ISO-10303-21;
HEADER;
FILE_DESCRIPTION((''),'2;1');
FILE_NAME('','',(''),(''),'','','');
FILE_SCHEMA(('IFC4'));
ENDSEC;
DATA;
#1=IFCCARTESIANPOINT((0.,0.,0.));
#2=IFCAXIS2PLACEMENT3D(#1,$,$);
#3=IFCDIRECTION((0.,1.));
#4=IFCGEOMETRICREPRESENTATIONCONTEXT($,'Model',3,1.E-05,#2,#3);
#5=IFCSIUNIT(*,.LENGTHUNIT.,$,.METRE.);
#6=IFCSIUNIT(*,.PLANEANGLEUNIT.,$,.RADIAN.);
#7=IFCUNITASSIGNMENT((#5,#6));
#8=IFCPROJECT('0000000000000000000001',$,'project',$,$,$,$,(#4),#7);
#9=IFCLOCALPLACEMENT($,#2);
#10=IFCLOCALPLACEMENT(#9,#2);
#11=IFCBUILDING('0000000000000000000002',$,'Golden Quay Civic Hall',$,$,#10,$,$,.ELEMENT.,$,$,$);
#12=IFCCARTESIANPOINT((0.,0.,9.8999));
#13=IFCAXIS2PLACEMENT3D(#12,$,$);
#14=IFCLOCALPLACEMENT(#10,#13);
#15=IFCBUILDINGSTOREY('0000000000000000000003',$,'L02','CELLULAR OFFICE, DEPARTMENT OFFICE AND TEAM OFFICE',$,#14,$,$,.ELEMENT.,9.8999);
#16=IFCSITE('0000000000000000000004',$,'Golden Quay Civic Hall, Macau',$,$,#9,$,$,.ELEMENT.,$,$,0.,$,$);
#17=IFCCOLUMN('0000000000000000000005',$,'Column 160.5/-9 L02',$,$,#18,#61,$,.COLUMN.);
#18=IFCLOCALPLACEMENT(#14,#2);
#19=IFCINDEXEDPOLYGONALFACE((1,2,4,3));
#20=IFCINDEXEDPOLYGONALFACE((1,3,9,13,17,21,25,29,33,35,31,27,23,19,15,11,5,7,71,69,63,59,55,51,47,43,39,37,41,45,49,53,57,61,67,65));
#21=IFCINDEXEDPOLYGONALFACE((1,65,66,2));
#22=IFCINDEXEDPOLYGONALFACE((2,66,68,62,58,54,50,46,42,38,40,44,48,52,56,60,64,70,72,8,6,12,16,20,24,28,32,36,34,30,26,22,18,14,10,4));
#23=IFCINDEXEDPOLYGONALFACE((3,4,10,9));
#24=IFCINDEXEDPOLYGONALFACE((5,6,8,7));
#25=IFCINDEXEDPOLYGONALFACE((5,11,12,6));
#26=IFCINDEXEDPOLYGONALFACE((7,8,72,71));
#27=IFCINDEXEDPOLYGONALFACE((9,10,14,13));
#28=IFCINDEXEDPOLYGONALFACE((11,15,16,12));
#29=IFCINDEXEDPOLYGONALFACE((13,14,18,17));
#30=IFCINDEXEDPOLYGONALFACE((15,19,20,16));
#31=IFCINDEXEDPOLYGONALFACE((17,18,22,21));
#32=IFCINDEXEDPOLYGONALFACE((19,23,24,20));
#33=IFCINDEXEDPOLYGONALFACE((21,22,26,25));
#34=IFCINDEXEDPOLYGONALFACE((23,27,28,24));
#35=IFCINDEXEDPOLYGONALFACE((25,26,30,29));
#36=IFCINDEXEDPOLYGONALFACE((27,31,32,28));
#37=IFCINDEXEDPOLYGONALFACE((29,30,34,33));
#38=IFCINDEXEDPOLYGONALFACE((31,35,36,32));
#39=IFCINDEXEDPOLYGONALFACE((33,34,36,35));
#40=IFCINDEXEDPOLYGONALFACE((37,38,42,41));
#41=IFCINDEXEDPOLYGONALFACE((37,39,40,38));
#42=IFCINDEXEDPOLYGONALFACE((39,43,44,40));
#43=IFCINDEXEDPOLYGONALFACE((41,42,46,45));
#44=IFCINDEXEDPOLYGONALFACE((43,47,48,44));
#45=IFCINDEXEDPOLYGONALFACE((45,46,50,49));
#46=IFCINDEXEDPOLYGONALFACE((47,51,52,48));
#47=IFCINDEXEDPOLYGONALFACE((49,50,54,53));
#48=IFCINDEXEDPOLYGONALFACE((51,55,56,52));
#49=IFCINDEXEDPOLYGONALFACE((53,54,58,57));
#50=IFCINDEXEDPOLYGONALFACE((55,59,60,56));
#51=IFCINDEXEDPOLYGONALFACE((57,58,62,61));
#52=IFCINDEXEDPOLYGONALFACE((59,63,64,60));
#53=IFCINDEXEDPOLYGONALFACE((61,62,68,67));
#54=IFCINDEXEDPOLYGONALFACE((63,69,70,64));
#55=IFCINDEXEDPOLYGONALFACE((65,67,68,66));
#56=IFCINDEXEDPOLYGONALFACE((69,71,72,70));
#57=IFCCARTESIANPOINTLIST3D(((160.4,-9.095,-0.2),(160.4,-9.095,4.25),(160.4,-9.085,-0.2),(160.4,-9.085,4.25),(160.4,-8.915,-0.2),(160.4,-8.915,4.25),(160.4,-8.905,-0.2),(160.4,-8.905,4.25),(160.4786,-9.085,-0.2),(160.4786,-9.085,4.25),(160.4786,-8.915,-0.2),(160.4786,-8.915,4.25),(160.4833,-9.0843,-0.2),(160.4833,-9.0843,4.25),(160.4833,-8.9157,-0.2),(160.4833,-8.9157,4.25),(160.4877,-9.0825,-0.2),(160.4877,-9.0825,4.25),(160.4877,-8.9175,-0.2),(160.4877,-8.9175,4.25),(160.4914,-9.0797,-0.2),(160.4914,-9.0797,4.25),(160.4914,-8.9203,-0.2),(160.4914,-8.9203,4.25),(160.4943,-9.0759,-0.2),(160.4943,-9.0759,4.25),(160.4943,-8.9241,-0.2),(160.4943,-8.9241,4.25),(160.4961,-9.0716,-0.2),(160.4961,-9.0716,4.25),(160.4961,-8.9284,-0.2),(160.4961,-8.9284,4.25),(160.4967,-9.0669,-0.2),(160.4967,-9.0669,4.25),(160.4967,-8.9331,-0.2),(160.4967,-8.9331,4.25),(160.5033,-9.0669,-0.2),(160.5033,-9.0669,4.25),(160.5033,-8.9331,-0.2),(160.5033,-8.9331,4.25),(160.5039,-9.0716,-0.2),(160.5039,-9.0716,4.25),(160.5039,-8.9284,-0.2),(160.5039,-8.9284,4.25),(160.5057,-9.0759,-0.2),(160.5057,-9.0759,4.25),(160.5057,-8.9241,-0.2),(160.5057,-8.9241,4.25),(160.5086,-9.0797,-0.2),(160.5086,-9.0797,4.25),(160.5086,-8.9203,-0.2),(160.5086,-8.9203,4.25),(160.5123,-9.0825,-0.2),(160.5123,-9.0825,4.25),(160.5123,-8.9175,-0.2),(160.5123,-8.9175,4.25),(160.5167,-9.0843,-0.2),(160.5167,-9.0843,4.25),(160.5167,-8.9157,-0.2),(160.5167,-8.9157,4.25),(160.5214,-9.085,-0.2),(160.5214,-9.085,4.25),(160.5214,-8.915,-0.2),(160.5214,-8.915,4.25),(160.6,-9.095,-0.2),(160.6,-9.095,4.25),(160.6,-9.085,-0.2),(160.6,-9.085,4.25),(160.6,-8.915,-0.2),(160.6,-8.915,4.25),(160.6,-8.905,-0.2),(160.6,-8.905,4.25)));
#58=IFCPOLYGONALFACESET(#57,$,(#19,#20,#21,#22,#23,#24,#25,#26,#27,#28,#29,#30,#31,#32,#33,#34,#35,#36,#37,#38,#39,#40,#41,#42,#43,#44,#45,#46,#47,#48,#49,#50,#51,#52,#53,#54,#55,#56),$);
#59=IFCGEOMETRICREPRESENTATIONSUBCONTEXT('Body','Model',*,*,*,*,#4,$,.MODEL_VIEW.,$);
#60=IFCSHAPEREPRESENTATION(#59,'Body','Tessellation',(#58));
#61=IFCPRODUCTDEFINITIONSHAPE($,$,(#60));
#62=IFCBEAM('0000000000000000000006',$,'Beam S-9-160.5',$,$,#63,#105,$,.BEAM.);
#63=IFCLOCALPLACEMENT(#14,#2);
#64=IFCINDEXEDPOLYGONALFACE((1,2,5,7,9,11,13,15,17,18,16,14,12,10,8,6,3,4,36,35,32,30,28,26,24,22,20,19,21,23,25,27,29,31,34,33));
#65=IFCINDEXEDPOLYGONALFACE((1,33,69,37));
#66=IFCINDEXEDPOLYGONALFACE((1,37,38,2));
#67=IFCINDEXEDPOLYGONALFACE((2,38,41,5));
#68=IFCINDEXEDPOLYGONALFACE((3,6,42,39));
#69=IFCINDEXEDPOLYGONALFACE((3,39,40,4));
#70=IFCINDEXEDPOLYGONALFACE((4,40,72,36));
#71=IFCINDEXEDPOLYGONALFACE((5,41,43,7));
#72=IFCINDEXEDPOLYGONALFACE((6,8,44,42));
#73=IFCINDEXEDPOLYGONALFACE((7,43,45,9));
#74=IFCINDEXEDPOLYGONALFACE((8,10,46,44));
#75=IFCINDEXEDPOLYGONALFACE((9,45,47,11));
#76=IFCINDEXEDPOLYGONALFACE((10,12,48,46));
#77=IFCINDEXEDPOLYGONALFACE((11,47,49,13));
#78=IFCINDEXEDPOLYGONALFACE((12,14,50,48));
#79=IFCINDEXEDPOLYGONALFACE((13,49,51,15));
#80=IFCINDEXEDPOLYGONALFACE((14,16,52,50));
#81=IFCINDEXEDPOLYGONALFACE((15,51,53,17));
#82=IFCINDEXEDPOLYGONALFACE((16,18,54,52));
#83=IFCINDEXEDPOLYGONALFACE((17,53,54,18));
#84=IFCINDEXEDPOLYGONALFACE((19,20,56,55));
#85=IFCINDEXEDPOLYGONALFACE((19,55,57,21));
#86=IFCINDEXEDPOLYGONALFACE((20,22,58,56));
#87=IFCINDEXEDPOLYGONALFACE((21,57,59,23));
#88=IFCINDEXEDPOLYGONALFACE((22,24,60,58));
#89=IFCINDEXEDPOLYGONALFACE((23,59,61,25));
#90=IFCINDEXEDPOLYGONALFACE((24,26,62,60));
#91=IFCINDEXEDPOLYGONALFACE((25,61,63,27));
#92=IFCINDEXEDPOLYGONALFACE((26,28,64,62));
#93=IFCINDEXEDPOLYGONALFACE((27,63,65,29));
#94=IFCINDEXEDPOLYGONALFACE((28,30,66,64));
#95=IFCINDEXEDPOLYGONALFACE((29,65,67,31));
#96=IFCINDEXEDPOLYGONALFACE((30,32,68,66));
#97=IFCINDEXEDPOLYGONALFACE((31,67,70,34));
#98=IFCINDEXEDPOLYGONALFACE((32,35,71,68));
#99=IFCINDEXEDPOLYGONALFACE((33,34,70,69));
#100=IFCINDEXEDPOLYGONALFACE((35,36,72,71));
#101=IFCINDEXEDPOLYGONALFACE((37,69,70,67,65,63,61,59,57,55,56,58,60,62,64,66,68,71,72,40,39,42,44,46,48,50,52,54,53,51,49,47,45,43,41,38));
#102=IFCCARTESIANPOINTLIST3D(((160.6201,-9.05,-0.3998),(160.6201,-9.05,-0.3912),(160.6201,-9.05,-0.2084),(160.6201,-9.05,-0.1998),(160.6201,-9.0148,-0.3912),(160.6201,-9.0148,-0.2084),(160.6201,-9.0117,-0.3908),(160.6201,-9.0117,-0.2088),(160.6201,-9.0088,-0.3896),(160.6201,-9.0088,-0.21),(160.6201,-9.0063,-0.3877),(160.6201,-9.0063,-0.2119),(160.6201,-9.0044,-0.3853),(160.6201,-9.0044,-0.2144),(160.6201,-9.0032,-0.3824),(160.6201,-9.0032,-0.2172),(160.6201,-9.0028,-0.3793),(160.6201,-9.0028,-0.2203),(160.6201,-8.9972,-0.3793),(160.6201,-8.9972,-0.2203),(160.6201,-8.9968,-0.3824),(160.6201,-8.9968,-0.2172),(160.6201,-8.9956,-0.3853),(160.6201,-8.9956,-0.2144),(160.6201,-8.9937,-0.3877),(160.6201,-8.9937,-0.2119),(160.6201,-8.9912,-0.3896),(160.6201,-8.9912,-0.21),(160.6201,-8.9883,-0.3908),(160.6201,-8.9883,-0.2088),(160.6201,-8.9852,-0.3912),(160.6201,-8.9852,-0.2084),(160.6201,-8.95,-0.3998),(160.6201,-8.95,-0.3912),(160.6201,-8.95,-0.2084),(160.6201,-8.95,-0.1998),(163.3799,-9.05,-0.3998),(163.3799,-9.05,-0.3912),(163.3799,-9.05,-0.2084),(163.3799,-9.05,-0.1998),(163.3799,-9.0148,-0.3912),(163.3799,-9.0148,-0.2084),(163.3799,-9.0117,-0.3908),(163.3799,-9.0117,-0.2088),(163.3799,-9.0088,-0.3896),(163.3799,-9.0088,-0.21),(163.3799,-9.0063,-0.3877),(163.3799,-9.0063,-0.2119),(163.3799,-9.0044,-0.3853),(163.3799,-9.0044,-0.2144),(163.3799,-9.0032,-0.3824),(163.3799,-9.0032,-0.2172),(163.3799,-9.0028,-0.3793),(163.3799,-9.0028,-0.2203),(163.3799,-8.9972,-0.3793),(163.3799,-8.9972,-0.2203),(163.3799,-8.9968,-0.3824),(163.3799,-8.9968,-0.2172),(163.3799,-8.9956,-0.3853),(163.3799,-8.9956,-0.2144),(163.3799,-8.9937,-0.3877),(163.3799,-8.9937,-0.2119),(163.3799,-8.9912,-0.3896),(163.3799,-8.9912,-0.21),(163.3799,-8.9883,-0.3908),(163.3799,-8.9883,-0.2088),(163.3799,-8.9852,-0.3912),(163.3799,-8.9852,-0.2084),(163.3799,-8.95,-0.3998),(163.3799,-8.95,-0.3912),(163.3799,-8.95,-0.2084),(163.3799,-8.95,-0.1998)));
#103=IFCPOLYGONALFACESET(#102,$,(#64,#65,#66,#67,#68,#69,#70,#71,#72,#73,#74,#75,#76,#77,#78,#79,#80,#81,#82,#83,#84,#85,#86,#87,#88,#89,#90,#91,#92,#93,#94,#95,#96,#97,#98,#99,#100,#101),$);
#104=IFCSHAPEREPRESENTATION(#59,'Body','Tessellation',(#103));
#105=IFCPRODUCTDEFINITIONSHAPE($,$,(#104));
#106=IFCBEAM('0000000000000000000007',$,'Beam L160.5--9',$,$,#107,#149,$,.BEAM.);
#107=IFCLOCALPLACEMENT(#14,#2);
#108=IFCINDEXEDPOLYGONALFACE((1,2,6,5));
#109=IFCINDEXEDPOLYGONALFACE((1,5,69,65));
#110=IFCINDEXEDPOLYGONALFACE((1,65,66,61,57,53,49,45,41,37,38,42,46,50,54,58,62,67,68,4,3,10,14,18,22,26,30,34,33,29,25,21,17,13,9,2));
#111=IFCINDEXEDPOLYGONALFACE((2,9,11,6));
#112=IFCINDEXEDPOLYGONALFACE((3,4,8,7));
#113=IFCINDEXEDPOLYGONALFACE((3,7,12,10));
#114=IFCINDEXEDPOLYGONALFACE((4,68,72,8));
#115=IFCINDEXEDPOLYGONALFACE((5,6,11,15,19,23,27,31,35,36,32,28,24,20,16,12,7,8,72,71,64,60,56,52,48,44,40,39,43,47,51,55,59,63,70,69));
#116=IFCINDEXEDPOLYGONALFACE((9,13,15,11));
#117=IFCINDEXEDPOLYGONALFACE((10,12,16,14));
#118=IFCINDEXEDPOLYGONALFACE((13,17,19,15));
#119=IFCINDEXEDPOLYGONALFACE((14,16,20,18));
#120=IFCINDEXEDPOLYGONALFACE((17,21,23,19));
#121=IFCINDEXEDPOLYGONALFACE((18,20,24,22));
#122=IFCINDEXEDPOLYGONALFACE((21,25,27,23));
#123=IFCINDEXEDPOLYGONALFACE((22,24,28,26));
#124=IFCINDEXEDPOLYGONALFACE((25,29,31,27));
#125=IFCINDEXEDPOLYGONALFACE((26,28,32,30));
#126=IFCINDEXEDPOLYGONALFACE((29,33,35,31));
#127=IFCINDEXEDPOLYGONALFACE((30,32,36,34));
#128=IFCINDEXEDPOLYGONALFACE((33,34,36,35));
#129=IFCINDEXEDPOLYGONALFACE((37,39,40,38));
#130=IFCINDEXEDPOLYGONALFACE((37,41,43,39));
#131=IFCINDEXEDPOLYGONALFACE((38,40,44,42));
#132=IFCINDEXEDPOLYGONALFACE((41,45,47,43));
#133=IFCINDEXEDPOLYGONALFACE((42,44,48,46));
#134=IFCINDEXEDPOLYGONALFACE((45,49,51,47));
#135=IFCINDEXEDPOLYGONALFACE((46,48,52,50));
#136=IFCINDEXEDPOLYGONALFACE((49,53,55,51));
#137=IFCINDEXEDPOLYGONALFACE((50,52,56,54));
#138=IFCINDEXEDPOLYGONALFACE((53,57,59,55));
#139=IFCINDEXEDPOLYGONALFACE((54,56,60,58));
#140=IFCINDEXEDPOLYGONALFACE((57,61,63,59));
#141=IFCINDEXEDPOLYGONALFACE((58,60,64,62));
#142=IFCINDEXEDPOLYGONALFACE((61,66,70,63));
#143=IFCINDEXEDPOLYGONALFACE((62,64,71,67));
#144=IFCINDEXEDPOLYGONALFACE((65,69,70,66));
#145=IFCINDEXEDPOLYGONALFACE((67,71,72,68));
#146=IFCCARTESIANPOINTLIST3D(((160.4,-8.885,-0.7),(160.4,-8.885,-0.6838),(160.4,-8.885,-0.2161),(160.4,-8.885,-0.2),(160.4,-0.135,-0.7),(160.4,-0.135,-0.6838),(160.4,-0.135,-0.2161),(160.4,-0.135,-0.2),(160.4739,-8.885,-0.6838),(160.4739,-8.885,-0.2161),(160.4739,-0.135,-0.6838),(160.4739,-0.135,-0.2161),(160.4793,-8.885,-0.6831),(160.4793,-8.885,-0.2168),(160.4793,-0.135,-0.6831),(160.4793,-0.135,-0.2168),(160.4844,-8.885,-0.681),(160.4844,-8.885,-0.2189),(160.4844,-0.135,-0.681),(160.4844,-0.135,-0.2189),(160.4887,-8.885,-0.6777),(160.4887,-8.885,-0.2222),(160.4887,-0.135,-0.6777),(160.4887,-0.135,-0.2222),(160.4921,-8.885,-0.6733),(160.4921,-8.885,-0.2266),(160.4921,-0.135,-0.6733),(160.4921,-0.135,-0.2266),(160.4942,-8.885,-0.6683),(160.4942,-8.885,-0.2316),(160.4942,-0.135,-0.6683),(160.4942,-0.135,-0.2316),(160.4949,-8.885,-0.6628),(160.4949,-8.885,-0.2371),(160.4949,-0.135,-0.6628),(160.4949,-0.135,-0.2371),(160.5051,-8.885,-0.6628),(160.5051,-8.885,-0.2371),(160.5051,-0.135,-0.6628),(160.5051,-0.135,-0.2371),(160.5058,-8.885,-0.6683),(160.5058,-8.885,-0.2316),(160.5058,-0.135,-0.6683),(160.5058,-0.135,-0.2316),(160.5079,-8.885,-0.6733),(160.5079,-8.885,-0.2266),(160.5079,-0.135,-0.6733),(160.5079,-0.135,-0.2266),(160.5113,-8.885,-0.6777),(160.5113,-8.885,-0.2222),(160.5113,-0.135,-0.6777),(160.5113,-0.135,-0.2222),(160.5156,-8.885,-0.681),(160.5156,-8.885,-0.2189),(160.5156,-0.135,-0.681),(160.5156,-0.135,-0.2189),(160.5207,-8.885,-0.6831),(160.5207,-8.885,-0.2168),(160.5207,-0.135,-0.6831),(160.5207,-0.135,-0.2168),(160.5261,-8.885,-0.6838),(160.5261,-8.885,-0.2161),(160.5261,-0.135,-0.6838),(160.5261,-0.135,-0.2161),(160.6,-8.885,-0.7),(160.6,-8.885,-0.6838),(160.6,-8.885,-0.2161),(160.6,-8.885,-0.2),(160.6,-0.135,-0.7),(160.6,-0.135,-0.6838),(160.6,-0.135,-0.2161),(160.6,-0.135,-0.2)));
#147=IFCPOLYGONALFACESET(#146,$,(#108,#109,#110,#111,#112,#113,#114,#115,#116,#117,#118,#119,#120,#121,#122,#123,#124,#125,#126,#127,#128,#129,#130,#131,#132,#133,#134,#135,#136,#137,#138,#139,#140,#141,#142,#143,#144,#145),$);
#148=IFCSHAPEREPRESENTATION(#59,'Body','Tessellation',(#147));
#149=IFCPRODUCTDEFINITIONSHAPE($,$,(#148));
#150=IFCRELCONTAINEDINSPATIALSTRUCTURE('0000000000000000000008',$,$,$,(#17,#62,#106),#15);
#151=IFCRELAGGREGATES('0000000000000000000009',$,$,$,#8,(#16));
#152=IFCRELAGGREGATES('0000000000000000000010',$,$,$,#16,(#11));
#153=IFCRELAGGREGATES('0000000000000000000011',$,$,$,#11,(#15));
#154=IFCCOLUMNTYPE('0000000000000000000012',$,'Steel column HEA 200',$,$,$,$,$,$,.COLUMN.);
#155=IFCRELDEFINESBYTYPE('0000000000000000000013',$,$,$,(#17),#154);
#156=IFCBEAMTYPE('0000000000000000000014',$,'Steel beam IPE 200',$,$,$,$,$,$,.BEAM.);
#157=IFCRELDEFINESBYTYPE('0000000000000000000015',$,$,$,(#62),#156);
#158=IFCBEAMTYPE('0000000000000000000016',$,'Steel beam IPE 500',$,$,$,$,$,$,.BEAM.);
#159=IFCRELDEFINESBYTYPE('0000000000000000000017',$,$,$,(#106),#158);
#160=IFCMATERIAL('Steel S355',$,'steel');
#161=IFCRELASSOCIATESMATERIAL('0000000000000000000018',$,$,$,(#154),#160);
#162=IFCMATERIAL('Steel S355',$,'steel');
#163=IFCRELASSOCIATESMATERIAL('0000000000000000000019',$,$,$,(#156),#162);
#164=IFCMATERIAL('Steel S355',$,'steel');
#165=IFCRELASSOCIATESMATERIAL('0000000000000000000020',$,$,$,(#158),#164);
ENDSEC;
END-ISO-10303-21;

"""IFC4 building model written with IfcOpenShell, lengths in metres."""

from ifc_helpers import new_model, si_unit, direction, frame, origin, origin_2d, place, context, subcontext, project, spatial, i_section, extrude, material, material_profile, profile_set, type_object, element, save


model = new_model("IFC4")

# Units and contexts
model_context = context("Model", 3, precision=1e-05, world=origin(), true_north=direction((0.0, 1.0)))
body_context = subcontext(model_context, "Body", "Model", "MODEL_VIEW")
ifc_project = project(units=[si_unit("LENGTHUNIT", "METRE"), si_unit("PLANEANGLEUNIT", "RADIAN")], contexts=[model_context])

# Site, building, storey
site_placement = place(None, origin())
site = spatial("IfcSite", under=ifc_project, at=site_placement, Name="Golden Quay Civic Hall, Macau", CompositionType="ELEMENT", RefElevation=0.0)
building_placement = place(site_placement, origin())
building = spatial("IfcBuilding", under=site, at=building_placement, Name="Golden Quay Civic Hall", CompositionType="ELEMENT")
storey_placement = place(building_placement, frame((0.0, 0.0, 9.8999)))
storey = spatial("IfcBuildingStorey", under=building, at=storey_placement, Name="L02", Description="CELLULAR OFFICE, DEPARTMENT OFFICE AND TEAM OFFICE", CompositionType="ELEMENT", Elevation=9.8999)

# Column
ifc_material_1 = material(Name="Steel S355", Category="steel")
ifc_material_profile_1 = material_profile(ifc_material_1, i_section(OverallWidth=0.2, OverallDepth=0.1899, WebThickness=0.0066, FlangeThickness=0.01, FilletRadius=0.0181, at=origin_2d()), Name="HEA 200")
ifc_profile_set_1 = profile_set([ifc_material_profile_1], Name="Steel S355")
column_type = type_object("IfcColumnType", Name="Steel column HEA 200", PredefinedType="COLUMN", material=ifc_profile_set_1)
column_placement = place(storey_placement, frame((160.5, -9.0, -0.2), z_axis=(0.0, 0.0, 1.0), x_axis=(1.0, 0.0, 0.0)))
element("IfcColumn", 1, at=column_placement, inside=storey, type_object=column_type, Name="Column 160.5/-9 L02", PredefinedType="COLUMN", context=body_context, shape_type="SweptSolid", body=[
    extrude(i_section(OverallWidth=0.2, OverallDepth=0.1899, WebThickness=0.0066, FlangeThickness=0.01, FilletRadius=0.0181, at=origin_2d()), origin(), (0.0, 0.0, 1.0), 4.45),
])

# Beams
ifc_material_2 = material(Name="Steel S355", Category="steel")
ifc_material_profile_2 = material_profile(ifc_material_2, i_section(OverallWidth=0.1001, OverallDepth=0.2, WebThickness=0.0056, FlangeThickness=0.0085, FilletRadius=0.012, at=origin_2d()), Name="IPE 200")
ifc_profile_set_2 = profile_set([ifc_material_profile_2], Name="Steel S355")
beam_type_1 = type_object("IfcBeamType", Name="Steel beam IPE 200", PredefinedType="BEAM", material=ifc_profile_set_2)
beam_1_placement = place(storey_placement, frame((160.6201, -9.0, -0.2998), z_axis=(1.0, 0.0, 0.0), x_axis=(0.0, 1.0, 0.0)))
element("IfcBeam", 2, at=beam_1_placement, inside=storey, type_object=beam_type_1, Name="Beam S-9-160.5", PredefinedType="BEAM", context=body_context, shape_type="SweptSolid", body=[
    extrude(i_section(OverallWidth=0.1001, OverallDepth=0.2, WebThickness=0.0056, FlangeThickness=0.0085, FilletRadius=0.012, at=origin_2d()), origin(), (0.0, 0.0, 1.0), 2.7598),
])
ifc_material_3 = material(Name="Steel S355", Category="steel")
ifc_material_profile_3 = material_profile(ifc_material_3, i_section(OverallWidth=0.2, OverallDepth=0.5, WebThickness=0.0103, FlangeThickness=0.0161, FilletRadius=0.021, at=origin_2d()), Name="IPE 500")
ifc_profile_set_3 = profile_set([ifc_material_profile_3], Name="Steel S355")
beam_type_2 = type_object("IfcBeamType", Name="Steel beam IPE 500", PredefinedType="BEAM", material=ifc_profile_set_3)
beam_2_placement = place(storey_placement, frame((160.5, -8.885, -0.45), z_axis=(0.0, 1.0, 0.0), x_axis=(-1.0, 0.0, 0.0)))
element("IfcBeam", 3, at=beam_2_placement, inside=storey, type_object=beam_type_2, Name="Beam L160.5--9", PredefinedType="BEAM", context=body_context, shape_type="SweptSolid", body=[
    extrude(i_section(OverallWidth=0.2, OverallDepth=0.5, WebThickness=0.0103, FlangeThickness=0.0161, FilletRadius=0.021, at=origin_2d()), origin(), (0.0, 0.0, 1.0), 8.75),
])

save(model, "model.ifc")
